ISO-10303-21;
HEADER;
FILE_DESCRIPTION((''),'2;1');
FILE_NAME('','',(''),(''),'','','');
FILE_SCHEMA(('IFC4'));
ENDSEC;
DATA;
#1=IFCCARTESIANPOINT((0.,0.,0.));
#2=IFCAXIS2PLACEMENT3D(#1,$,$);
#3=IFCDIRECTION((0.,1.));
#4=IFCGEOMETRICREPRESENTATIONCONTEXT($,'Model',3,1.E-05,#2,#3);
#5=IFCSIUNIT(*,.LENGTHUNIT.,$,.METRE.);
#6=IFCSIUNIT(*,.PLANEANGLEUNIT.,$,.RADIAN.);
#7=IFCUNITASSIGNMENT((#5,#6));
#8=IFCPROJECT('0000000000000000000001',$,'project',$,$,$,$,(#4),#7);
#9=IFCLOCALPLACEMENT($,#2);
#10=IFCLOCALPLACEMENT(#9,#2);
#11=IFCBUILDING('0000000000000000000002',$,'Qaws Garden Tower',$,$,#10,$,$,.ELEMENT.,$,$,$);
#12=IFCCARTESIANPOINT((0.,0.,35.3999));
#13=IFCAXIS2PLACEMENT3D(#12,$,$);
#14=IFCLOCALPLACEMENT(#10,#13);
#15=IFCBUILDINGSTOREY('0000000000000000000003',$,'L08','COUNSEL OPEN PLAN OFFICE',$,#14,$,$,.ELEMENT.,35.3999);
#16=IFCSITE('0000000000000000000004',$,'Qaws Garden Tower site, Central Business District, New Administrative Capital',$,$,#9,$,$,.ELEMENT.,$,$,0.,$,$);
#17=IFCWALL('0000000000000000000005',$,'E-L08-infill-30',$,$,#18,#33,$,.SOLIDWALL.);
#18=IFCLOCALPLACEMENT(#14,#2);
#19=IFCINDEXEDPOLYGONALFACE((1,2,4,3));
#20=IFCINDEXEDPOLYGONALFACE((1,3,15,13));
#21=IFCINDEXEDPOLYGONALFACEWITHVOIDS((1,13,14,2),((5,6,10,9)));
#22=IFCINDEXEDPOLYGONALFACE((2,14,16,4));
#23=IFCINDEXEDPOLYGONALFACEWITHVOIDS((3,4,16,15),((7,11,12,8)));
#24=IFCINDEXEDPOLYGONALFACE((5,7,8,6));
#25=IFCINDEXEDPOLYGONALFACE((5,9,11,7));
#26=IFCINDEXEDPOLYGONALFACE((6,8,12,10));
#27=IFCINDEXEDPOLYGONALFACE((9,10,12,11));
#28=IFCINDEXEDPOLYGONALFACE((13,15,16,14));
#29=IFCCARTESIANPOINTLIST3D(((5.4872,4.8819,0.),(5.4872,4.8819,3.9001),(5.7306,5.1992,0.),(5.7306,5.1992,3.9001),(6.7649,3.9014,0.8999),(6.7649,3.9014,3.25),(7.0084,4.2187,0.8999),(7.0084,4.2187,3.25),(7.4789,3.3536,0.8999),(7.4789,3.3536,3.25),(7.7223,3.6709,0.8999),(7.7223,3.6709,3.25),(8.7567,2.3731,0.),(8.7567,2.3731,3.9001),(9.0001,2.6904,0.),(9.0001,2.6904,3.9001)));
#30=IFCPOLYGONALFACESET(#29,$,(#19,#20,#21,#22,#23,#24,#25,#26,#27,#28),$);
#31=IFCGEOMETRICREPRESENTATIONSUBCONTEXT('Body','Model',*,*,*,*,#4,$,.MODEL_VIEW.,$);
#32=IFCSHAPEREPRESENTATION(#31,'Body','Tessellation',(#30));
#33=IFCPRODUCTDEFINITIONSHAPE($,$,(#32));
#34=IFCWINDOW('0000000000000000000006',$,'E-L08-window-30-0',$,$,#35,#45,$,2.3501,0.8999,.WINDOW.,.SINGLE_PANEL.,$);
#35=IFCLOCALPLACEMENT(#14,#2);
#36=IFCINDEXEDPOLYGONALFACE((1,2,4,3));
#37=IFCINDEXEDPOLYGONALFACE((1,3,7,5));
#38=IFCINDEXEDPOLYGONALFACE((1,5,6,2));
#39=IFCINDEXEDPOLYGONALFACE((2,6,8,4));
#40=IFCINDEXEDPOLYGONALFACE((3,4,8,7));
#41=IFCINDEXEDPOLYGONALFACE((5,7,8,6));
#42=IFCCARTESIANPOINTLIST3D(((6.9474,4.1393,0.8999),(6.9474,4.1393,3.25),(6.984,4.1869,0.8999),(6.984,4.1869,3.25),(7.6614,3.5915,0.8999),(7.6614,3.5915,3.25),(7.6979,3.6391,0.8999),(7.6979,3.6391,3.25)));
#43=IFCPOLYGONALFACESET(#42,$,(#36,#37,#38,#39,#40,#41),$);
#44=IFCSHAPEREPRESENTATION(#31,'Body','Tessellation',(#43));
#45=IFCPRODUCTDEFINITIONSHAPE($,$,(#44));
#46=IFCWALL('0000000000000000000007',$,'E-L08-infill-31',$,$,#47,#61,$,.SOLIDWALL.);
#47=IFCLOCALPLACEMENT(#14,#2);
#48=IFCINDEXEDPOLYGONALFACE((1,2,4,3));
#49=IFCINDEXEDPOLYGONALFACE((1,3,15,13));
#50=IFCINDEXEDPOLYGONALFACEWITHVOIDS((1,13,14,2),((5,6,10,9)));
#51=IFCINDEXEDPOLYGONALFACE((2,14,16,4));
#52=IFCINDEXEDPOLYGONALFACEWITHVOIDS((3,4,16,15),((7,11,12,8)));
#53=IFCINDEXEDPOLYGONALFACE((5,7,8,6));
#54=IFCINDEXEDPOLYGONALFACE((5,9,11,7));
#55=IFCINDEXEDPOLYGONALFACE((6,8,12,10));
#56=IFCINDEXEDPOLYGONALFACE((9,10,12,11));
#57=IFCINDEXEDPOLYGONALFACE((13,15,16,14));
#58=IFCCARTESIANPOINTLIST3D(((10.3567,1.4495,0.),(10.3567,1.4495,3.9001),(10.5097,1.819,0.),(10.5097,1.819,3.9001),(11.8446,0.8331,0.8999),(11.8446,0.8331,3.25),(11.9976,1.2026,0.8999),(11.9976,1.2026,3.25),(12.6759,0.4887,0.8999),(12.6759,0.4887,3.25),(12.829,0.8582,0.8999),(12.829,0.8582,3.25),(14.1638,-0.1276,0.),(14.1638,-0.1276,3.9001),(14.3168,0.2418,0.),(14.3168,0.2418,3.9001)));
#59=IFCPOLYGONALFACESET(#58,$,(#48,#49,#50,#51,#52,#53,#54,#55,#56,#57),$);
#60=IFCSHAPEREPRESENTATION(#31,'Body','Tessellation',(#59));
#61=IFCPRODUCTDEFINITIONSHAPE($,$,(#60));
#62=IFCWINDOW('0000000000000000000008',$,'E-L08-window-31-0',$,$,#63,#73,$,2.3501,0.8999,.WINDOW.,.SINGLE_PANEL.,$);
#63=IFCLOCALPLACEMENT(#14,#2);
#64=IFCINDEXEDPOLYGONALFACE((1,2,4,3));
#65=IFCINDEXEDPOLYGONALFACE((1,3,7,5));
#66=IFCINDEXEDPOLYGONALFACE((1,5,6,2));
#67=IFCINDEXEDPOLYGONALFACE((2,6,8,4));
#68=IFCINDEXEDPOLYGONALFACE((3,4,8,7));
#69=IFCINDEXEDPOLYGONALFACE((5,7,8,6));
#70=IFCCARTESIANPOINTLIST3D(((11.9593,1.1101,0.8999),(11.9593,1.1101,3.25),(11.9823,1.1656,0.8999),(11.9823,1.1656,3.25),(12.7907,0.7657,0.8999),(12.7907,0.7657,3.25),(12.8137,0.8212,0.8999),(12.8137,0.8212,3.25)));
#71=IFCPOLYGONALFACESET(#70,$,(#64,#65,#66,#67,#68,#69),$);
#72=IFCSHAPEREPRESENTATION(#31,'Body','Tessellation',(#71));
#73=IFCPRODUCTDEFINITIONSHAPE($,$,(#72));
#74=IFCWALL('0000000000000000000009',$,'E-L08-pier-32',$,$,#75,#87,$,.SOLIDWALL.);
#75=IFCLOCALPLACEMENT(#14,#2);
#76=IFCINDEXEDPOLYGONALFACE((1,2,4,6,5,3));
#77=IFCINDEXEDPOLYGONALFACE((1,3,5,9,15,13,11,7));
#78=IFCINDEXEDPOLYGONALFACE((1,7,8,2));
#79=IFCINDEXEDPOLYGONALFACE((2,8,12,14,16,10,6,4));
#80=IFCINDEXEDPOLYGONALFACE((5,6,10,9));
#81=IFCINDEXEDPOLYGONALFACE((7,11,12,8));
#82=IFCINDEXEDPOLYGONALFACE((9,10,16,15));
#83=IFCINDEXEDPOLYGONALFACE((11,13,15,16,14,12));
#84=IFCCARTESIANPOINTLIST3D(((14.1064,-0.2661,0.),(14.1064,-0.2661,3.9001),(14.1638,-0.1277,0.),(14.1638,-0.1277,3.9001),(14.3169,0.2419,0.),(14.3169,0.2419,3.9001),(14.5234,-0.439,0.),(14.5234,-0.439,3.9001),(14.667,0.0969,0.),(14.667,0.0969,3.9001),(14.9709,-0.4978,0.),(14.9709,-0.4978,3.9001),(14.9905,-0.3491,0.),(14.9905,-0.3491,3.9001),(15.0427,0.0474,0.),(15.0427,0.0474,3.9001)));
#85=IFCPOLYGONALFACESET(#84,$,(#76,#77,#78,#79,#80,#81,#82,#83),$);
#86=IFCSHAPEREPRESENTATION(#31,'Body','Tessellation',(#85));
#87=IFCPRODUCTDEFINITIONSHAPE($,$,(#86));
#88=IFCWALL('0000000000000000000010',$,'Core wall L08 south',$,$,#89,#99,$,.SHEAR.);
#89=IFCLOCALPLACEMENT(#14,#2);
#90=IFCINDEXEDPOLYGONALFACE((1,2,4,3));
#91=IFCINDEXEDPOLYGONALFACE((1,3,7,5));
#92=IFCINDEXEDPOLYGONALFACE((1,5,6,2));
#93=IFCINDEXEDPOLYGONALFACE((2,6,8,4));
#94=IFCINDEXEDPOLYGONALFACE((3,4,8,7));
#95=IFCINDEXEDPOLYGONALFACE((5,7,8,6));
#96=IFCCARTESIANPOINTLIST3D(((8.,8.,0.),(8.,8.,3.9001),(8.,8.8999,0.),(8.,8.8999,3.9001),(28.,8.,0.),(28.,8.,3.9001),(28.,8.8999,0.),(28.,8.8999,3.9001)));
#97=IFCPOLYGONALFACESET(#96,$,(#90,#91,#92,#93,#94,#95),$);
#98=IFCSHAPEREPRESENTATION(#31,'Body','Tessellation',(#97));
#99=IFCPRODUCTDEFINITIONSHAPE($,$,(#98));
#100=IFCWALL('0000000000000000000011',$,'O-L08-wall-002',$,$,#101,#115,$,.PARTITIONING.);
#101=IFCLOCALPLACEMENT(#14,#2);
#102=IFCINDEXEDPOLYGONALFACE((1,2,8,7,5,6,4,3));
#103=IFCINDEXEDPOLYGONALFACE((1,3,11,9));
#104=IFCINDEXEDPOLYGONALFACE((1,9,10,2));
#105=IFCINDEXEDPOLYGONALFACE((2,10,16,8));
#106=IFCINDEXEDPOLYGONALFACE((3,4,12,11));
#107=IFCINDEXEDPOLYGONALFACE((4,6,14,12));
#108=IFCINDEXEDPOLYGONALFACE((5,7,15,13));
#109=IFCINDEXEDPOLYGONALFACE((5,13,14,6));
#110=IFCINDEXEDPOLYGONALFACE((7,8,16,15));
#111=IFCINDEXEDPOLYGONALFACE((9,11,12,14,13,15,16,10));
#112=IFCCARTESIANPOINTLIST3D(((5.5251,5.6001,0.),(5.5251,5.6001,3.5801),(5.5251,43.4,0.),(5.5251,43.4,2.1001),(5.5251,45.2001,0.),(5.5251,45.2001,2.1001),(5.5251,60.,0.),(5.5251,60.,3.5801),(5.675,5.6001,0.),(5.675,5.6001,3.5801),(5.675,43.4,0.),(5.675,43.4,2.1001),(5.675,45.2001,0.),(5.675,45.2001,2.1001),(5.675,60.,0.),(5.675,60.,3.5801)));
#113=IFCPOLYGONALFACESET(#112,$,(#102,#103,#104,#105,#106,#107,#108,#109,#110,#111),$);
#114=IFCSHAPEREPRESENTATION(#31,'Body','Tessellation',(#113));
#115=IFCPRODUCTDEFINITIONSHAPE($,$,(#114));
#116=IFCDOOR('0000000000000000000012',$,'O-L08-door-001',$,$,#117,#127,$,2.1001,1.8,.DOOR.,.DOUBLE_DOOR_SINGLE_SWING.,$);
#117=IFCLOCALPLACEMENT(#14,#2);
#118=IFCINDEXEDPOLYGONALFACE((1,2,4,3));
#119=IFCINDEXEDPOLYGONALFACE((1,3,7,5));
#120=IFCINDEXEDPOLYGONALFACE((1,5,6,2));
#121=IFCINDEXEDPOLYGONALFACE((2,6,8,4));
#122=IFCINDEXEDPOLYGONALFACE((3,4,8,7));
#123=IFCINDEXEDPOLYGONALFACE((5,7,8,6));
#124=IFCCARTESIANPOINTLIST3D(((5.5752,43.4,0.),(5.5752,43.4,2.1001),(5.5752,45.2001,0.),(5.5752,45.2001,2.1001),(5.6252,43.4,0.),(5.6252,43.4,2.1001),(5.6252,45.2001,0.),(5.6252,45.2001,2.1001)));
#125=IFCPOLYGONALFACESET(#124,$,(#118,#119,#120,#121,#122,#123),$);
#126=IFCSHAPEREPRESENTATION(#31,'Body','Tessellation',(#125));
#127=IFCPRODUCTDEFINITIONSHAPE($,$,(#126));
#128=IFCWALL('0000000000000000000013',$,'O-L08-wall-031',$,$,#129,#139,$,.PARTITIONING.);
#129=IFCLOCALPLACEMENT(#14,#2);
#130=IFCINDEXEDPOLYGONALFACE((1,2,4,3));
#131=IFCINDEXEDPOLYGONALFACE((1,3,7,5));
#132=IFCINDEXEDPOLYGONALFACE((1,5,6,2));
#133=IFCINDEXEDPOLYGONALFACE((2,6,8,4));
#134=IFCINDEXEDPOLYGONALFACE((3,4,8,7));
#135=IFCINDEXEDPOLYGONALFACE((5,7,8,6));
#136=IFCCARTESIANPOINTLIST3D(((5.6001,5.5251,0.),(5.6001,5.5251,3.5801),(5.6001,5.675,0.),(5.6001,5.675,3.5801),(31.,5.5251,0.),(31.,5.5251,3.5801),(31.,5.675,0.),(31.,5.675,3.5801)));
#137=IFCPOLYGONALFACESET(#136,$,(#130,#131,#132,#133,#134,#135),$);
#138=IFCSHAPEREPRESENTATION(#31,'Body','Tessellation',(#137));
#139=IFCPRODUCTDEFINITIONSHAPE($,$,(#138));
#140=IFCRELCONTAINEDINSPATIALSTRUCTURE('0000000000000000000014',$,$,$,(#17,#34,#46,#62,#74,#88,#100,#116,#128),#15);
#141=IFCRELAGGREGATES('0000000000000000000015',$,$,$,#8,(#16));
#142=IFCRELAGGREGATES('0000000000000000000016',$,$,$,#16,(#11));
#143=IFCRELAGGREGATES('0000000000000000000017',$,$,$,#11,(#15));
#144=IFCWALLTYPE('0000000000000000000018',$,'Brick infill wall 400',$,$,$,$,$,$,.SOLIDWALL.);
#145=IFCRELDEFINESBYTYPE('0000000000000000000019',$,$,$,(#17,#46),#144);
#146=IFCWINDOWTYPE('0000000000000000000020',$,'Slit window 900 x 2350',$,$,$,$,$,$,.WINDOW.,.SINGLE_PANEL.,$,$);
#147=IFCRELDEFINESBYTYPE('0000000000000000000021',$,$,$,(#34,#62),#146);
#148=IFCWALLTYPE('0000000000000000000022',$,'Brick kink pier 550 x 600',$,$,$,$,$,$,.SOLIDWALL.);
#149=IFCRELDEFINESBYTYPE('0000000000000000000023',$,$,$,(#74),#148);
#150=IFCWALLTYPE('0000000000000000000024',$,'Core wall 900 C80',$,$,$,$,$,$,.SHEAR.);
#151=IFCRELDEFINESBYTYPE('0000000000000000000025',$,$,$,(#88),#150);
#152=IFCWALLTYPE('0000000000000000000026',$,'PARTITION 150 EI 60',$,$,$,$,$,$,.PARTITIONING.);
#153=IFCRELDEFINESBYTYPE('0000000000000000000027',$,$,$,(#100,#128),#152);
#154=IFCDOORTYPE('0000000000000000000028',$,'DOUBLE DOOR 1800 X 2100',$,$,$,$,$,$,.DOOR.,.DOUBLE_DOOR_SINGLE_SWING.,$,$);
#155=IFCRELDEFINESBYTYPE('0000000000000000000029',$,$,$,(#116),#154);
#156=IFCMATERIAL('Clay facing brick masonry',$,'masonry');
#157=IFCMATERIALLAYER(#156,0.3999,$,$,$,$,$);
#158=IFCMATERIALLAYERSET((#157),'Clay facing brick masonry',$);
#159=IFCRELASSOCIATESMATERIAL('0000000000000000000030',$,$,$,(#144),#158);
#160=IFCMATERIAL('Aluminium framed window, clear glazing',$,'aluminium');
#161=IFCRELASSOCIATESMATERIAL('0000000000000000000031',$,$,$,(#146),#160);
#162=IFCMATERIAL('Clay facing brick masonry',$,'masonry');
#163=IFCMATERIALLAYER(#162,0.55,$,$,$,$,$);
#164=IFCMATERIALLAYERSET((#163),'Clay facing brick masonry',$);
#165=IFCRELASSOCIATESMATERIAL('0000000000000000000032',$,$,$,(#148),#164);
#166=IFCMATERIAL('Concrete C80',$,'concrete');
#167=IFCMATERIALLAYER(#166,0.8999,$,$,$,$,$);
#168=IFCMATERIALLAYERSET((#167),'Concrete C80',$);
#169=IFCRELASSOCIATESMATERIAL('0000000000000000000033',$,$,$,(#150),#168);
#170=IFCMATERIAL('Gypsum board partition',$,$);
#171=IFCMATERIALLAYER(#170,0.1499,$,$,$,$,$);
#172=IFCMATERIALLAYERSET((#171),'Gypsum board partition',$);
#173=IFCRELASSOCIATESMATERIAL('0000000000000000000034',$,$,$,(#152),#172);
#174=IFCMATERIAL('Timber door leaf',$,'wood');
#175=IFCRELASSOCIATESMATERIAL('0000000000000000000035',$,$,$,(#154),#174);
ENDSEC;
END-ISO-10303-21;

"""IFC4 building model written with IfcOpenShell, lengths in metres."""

from ifc_helpers import new_model, si_unit, direction, frame, frame_2d, origin, place, context, subcontext, project, spatial, polyline, rectangle, outline, extrude, material, layer, layer_set, type_object, element, fill, save


model = new_model("IFC4")

# Units and contexts
model_context = context("Model", 3, precision=1e-05, world=origin(), true_north=direction((0.0, 1.0)))
body_context = subcontext(model_context, "Body", "Model", "MODEL_VIEW")
ifc_project = project(units=[si_unit("LENGTHUNIT", "METRE"), si_unit("PLANEANGLEUNIT", "RADIAN")], contexts=[model_context])

# Site, building, storey
site_placement = place(None, origin())
site = spatial("IfcSite", under=ifc_project, at=site_placement, Name="Qaws Garden Tower site, Central Business District, New Administrative Capital", CompositionType="ELEMENT", RefElevation=0.0)
building_placement = place(site_placement, origin())
building = spatial("IfcBuilding", under=site, at=building_placement, Name="Qaws Garden Tower", CompositionType="ELEMENT")
storey_placement = place(building_placement, frame((0.0, 0.0, 35.3999)))
storey = spatial("IfcBuildingStorey", under=building, at=storey_placement, Name="L08", Description="COUNSEL OPEN PLAN OFFICE", CompositionType="ELEMENT", Elevation=35.3999)

# Shared definitions
placement_1 = place(storey_placement, origin())

# Walls, openings, windows
ifc_material_1 = material(Name="Clay facing brick masonry", Category="masonry")
ifc_layer_1 = layer(ifc_material_1, 0.3999)
ifc_layer_set_1 = layer_set([ifc_layer_1], Name="Clay facing brick masonry")
wall_type_1 = type_object("IfcWallType", Name="Brick infill wall 400", PredefinedType="SOLIDWALL", material=ifc_layer_set_1)
ifc_material_2 = material(Name="Aluminium framed window, clear glazing", Category="aluminium")
window_type = type_object("IfcWindowType", Name="Slit window 900 x 2350", PartitioningType="SINGLE_PANEL", PredefinedType="WINDOW", material=ifc_material_2)
wall_1_placement = place(storey_placement, frame((5.6089, 5.0405, 0.0), z_axis=(0.0, 0.0, 1.0), x_axis=(0.793355, -0.60876, 0.0)))
wall_1 = element("IfcWall", 1, at=wall_1_placement, inside=storey, type_object=wall_type_1, Name="E-L08-infill-30", PredefinedType="SOLIDWALL", context=body_context, shape_type="SweptSolid", body=[
    extrude(rectangle(XDim=4.1211, YDim=0.3999, at=frame_2d((2.0605, 0.0))), origin(), (0.0, 0.0, 1.0), 3.9001),
])
opening_1_placement = place(wall_1_placement, frame((1.6106, 0.0, 0.8999)))
opening_1 = element("IfcOpeningElement", 2, at=opening_1_placement, cuts=wall_1, PredefinedType="OPENING", context=body_context, shape_type="SweptSolid", body=[
    extrude(rectangle(XDim=0.8999, YDim=2.3501, at=frame_2d((0.45, 1.175))), frame((0.0, 0.21, 0.0), z_axis=(0.0, -1.0, 0.0), x_axis=(1.0, 0.0, 0.0)), (0.0, 0.0, 1.0), 0.4199),
])
window_1_placement = place(opening_1_placement, origin())
window_1 = element("IfcWindow", 3, at=window_1_placement, inside=storey, type_object=window_type, Name="E-L08-window-30-0", OverallHeight=2.3501, OverallWidth=0.8999, PartitioningType="SINGLE_PANEL", PredefinedType="WINDOW", context=body_context, shape_type="SweptSolid", body=[
    extrude(rectangle(XDim=0.8999, YDim=2.3501, at=frame_2d((0.45, 1.175))), frame((0.0, 0.1599, 0.0), z_axis=(0.0, -1.0, 0.0), x_axis=(1.0, 0.0, 0.0)), (0.0, 0.0, 1.0), 0.0601),
])
fill(opening_1, window_1)
wall_2_placement = place(storey_placement, frame((10.4331, 1.6343, 0.0), z_axis=(0.0, 0.0, 1.0), x_axis=(0.923864, -0.382722, 0.0)))
wall_2 = element("IfcWall", 4, at=wall_2_placement, inside=storey, type_object=wall_type_1, Name="E-L08-infill-31", PredefinedType="SOLIDWALL", context=body_context, shape_type="SweptSolid", body=[
    extrude(rectangle(XDim=4.1208, YDim=0.3999, at=frame_2d((2.0605, 0.0))), origin(), (0.0, 0.0, 1.0), 3.9001),
])
opening_2_placement = place(wall_2_placement, frame((1.6106, 0.0, 0.8999)))
opening_2 = element("IfcOpeningElement", 5, at=opening_2_placement, cuts=wall_2, PredefinedType="OPENING", context=body_context, shape_type="SweptSolid", body=[
    extrude(rectangle(XDim=0.8999, YDim=2.3501, at=frame_2d((0.45, 1.175))), frame((0.0, 0.21, 0.0), z_axis=(0.0, -1.0, 0.0), x_axis=(1.0, 0.0, 0.0)), (0.0, 0.0, 1.0), 0.4199),
])
window_2_placement = place(opening_2_placement, origin())
window_2 = element("IfcWindow", 6, at=window_2_placement, inside=storey, type_object=window_type, Name="E-L08-window-31-0", OverallHeight=2.3501, OverallWidth=0.8999, PartitioningType="SINGLE_PANEL", PredefinedType="WINDOW", context=body_context, shape_type="SweptSolid", body=[
    extrude(rectangle(XDim=0.8999, YDim=2.3501, at=frame_2d((0.45, 1.175))), frame((0.0, 0.1599, 0.0), z_axis=(0.0, -1.0, 0.0), x_axis=(1.0, 0.0, 0.0)), (0.0, 0.0, 1.0), 0.0601),
])
fill(opening_2, window_2)

# Walls
ifc_material_3 = material(Name="Clay facing brick masonry", Category="masonry")
ifc_layer_2 = layer(ifc_material_3, 0.55)
ifc_layer_set_2 = layer_set([ifc_layer_2], Name="Clay facing brick masonry")
wall_type_2 = type_object("IfcWallType", Name="Brick kink pier 550 x 600", PredefinedType="SOLIDWALL", material=ifc_layer_set_2)
element("IfcWall", 7, at=placement_1, inside=storey, type_object=wall_type_2, Name="E-L08-pier-32", PredefinedType="SOLIDWALL", context=body_context, shape_type="SweptSolid", body=[
    extrude(outline(polyline([(14.1638, -0.1277), (14.1064, -0.2661), (14.5234, -0.439), (14.9709, -0.4978), (14.9905, -0.3491), (15.0427, 0.0474), (14.667, 0.0969), (14.3169, 0.2419), (14.1638, -0.1277)])), origin(), (0.0, 0.0, 1.0), 3.9001),
])
ifc_material_4 = material(Name="Concrete C80", Category="concrete")
ifc_layer_3 = layer(ifc_material_4, 0.8999)
ifc_layer_set_3 = layer_set([ifc_layer_3], Name="Concrete C80")
wall_type_3 = type_object("IfcWallType", Name="Core wall 900 C80", PredefinedType="SHEAR", material=ifc_layer_set_3)
wall_3_placement = place(storey_placement, frame((8.0, 8.45, 0.0), z_axis=(0.0, 0.0, 1.0), x_axis=(1.0, 0.0, 0.0)))
element("IfcWall", 8, at=wall_3_placement, inside=storey, type_object=wall_type_3, Name="Core wall L08 south", PredefinedType="SHEAR", context=body_context, shape_type="SweptSolid", body=[
    extrude(rectangle(XDim=20.0, YDim=0.8999, at=frame_2d((10.0, 0.0))), origin(), (0.0, 0.0, 1.0), 3.9001),
])

# Wall, opening, door
ifc_material_5 = material(Name="Gypsum board partition")
ifc_layer_4 = layer(ifc_material_5, 0.1499)
ifc_layer_set_4 = layer_set([ifc_layer_4], Name="Gypsum board partition")
wall_type_4 = type_object("IfcWallType", Name="PARTITION 150 EI 60", PredefinedType="PARTITIONING", material=ifc_layer_set_4)
wall_4_placement = place(storey_placement, frame((5.6001, 5.6001, 0.0), z_axis=(0.0, 0.0, 1.0), x_axis=(0.0, 1.0, 0.0)))
wall_4 = element("IfcWall", 9, at=wall_4_placement, inside=storey, type_object=wall_type_4, Name="O-L08-wall-002", PredefinedType="PARTITIONING", context=body_context, shape_type="SweptSolid", body=[
    extrude(rectangle(XDim=54.3999, YDim=0.1499, at=frame_2d((27.2, 0.0))), origin(), (0.0, 0.0, 1.0), 3.5801),
])
opening_3_placement = place(wall_4_placement, frame((37.8, 0.0, 0.0)))
opening_3 = element("IfcOpeningElement", 10, at=opening_3_placement, cuts=wall_4, PredefinedType="OPENING", context=body_context, shape_type="SweptSolid", body=[
    extrude(rectangle(XDim=1.8, YDim=2.1001, at=frame_2d((0.8999, 1.05))), frame((0.0, 0.085, 0.0), z_axis=(0.0, -1.0, 0.0), x_axis=(1.0, 0.0, 0.0)), (0.0, 0.0, 1.0), 0.1699),
])
ifc_material_6 = material(Name="Timber door leaf", Category="wood")
door_type = type_object("IfcDoorType", Name="DOUBLE DOOR 1800 X 2100", OperationType="DOUBLE_DOOR_SINGLE_SWING", PredefinedType="DOOR", material=ifc_material_6)
door_placement = place(opening_3_placement, origin())
door = element("IfcDoor", 11, at=door_placement, inside=storey, type_object=door_type, Name="O-L08-door-001", OperationType="DOUBLE_DOOR_SINGLE_SWING", OverallHeight=2.1001, OverallWidth=1.8, PredefinedType="DOOR", context=body_context, shape_type="SweptSolid", body=[
    extrude(rectangle(XDim=1.8, YDim=2.1001, at=frame_2d((0.8999, 1.05))), frame((0.0, 0.0249, 0.0), z_axis=(0.0, -1.0, 0.0), x_axis=(1.0, 0.0, 0.0)), (0.0, 0.0, 1.0), 0.05),
])
fill(opening_3, door)

# Wall
wall_5_placement = place(storey_placement, frame((5.6001, 5.6001, 0.0), z_axis=(0.0, 0.0, 1.0), x_axis=(1.0, 0.0, 0.0)))
element("IfcWall", 12, at=wall_5_placement, inside=storey, type_object=wall_type_4, Name="O-L08-wall-031", PredefinedType="PARTITIONING", context=body_context, shape_type="SweptSolid", body=[
    extrude(rectangle(XDim=25.3999, YDim=0.1499, at=frame_2d((12.7, 0.0))), origin(), (0.0, 0.0, 1.0), 3.5801),
])

save(model, "model.ifc")
